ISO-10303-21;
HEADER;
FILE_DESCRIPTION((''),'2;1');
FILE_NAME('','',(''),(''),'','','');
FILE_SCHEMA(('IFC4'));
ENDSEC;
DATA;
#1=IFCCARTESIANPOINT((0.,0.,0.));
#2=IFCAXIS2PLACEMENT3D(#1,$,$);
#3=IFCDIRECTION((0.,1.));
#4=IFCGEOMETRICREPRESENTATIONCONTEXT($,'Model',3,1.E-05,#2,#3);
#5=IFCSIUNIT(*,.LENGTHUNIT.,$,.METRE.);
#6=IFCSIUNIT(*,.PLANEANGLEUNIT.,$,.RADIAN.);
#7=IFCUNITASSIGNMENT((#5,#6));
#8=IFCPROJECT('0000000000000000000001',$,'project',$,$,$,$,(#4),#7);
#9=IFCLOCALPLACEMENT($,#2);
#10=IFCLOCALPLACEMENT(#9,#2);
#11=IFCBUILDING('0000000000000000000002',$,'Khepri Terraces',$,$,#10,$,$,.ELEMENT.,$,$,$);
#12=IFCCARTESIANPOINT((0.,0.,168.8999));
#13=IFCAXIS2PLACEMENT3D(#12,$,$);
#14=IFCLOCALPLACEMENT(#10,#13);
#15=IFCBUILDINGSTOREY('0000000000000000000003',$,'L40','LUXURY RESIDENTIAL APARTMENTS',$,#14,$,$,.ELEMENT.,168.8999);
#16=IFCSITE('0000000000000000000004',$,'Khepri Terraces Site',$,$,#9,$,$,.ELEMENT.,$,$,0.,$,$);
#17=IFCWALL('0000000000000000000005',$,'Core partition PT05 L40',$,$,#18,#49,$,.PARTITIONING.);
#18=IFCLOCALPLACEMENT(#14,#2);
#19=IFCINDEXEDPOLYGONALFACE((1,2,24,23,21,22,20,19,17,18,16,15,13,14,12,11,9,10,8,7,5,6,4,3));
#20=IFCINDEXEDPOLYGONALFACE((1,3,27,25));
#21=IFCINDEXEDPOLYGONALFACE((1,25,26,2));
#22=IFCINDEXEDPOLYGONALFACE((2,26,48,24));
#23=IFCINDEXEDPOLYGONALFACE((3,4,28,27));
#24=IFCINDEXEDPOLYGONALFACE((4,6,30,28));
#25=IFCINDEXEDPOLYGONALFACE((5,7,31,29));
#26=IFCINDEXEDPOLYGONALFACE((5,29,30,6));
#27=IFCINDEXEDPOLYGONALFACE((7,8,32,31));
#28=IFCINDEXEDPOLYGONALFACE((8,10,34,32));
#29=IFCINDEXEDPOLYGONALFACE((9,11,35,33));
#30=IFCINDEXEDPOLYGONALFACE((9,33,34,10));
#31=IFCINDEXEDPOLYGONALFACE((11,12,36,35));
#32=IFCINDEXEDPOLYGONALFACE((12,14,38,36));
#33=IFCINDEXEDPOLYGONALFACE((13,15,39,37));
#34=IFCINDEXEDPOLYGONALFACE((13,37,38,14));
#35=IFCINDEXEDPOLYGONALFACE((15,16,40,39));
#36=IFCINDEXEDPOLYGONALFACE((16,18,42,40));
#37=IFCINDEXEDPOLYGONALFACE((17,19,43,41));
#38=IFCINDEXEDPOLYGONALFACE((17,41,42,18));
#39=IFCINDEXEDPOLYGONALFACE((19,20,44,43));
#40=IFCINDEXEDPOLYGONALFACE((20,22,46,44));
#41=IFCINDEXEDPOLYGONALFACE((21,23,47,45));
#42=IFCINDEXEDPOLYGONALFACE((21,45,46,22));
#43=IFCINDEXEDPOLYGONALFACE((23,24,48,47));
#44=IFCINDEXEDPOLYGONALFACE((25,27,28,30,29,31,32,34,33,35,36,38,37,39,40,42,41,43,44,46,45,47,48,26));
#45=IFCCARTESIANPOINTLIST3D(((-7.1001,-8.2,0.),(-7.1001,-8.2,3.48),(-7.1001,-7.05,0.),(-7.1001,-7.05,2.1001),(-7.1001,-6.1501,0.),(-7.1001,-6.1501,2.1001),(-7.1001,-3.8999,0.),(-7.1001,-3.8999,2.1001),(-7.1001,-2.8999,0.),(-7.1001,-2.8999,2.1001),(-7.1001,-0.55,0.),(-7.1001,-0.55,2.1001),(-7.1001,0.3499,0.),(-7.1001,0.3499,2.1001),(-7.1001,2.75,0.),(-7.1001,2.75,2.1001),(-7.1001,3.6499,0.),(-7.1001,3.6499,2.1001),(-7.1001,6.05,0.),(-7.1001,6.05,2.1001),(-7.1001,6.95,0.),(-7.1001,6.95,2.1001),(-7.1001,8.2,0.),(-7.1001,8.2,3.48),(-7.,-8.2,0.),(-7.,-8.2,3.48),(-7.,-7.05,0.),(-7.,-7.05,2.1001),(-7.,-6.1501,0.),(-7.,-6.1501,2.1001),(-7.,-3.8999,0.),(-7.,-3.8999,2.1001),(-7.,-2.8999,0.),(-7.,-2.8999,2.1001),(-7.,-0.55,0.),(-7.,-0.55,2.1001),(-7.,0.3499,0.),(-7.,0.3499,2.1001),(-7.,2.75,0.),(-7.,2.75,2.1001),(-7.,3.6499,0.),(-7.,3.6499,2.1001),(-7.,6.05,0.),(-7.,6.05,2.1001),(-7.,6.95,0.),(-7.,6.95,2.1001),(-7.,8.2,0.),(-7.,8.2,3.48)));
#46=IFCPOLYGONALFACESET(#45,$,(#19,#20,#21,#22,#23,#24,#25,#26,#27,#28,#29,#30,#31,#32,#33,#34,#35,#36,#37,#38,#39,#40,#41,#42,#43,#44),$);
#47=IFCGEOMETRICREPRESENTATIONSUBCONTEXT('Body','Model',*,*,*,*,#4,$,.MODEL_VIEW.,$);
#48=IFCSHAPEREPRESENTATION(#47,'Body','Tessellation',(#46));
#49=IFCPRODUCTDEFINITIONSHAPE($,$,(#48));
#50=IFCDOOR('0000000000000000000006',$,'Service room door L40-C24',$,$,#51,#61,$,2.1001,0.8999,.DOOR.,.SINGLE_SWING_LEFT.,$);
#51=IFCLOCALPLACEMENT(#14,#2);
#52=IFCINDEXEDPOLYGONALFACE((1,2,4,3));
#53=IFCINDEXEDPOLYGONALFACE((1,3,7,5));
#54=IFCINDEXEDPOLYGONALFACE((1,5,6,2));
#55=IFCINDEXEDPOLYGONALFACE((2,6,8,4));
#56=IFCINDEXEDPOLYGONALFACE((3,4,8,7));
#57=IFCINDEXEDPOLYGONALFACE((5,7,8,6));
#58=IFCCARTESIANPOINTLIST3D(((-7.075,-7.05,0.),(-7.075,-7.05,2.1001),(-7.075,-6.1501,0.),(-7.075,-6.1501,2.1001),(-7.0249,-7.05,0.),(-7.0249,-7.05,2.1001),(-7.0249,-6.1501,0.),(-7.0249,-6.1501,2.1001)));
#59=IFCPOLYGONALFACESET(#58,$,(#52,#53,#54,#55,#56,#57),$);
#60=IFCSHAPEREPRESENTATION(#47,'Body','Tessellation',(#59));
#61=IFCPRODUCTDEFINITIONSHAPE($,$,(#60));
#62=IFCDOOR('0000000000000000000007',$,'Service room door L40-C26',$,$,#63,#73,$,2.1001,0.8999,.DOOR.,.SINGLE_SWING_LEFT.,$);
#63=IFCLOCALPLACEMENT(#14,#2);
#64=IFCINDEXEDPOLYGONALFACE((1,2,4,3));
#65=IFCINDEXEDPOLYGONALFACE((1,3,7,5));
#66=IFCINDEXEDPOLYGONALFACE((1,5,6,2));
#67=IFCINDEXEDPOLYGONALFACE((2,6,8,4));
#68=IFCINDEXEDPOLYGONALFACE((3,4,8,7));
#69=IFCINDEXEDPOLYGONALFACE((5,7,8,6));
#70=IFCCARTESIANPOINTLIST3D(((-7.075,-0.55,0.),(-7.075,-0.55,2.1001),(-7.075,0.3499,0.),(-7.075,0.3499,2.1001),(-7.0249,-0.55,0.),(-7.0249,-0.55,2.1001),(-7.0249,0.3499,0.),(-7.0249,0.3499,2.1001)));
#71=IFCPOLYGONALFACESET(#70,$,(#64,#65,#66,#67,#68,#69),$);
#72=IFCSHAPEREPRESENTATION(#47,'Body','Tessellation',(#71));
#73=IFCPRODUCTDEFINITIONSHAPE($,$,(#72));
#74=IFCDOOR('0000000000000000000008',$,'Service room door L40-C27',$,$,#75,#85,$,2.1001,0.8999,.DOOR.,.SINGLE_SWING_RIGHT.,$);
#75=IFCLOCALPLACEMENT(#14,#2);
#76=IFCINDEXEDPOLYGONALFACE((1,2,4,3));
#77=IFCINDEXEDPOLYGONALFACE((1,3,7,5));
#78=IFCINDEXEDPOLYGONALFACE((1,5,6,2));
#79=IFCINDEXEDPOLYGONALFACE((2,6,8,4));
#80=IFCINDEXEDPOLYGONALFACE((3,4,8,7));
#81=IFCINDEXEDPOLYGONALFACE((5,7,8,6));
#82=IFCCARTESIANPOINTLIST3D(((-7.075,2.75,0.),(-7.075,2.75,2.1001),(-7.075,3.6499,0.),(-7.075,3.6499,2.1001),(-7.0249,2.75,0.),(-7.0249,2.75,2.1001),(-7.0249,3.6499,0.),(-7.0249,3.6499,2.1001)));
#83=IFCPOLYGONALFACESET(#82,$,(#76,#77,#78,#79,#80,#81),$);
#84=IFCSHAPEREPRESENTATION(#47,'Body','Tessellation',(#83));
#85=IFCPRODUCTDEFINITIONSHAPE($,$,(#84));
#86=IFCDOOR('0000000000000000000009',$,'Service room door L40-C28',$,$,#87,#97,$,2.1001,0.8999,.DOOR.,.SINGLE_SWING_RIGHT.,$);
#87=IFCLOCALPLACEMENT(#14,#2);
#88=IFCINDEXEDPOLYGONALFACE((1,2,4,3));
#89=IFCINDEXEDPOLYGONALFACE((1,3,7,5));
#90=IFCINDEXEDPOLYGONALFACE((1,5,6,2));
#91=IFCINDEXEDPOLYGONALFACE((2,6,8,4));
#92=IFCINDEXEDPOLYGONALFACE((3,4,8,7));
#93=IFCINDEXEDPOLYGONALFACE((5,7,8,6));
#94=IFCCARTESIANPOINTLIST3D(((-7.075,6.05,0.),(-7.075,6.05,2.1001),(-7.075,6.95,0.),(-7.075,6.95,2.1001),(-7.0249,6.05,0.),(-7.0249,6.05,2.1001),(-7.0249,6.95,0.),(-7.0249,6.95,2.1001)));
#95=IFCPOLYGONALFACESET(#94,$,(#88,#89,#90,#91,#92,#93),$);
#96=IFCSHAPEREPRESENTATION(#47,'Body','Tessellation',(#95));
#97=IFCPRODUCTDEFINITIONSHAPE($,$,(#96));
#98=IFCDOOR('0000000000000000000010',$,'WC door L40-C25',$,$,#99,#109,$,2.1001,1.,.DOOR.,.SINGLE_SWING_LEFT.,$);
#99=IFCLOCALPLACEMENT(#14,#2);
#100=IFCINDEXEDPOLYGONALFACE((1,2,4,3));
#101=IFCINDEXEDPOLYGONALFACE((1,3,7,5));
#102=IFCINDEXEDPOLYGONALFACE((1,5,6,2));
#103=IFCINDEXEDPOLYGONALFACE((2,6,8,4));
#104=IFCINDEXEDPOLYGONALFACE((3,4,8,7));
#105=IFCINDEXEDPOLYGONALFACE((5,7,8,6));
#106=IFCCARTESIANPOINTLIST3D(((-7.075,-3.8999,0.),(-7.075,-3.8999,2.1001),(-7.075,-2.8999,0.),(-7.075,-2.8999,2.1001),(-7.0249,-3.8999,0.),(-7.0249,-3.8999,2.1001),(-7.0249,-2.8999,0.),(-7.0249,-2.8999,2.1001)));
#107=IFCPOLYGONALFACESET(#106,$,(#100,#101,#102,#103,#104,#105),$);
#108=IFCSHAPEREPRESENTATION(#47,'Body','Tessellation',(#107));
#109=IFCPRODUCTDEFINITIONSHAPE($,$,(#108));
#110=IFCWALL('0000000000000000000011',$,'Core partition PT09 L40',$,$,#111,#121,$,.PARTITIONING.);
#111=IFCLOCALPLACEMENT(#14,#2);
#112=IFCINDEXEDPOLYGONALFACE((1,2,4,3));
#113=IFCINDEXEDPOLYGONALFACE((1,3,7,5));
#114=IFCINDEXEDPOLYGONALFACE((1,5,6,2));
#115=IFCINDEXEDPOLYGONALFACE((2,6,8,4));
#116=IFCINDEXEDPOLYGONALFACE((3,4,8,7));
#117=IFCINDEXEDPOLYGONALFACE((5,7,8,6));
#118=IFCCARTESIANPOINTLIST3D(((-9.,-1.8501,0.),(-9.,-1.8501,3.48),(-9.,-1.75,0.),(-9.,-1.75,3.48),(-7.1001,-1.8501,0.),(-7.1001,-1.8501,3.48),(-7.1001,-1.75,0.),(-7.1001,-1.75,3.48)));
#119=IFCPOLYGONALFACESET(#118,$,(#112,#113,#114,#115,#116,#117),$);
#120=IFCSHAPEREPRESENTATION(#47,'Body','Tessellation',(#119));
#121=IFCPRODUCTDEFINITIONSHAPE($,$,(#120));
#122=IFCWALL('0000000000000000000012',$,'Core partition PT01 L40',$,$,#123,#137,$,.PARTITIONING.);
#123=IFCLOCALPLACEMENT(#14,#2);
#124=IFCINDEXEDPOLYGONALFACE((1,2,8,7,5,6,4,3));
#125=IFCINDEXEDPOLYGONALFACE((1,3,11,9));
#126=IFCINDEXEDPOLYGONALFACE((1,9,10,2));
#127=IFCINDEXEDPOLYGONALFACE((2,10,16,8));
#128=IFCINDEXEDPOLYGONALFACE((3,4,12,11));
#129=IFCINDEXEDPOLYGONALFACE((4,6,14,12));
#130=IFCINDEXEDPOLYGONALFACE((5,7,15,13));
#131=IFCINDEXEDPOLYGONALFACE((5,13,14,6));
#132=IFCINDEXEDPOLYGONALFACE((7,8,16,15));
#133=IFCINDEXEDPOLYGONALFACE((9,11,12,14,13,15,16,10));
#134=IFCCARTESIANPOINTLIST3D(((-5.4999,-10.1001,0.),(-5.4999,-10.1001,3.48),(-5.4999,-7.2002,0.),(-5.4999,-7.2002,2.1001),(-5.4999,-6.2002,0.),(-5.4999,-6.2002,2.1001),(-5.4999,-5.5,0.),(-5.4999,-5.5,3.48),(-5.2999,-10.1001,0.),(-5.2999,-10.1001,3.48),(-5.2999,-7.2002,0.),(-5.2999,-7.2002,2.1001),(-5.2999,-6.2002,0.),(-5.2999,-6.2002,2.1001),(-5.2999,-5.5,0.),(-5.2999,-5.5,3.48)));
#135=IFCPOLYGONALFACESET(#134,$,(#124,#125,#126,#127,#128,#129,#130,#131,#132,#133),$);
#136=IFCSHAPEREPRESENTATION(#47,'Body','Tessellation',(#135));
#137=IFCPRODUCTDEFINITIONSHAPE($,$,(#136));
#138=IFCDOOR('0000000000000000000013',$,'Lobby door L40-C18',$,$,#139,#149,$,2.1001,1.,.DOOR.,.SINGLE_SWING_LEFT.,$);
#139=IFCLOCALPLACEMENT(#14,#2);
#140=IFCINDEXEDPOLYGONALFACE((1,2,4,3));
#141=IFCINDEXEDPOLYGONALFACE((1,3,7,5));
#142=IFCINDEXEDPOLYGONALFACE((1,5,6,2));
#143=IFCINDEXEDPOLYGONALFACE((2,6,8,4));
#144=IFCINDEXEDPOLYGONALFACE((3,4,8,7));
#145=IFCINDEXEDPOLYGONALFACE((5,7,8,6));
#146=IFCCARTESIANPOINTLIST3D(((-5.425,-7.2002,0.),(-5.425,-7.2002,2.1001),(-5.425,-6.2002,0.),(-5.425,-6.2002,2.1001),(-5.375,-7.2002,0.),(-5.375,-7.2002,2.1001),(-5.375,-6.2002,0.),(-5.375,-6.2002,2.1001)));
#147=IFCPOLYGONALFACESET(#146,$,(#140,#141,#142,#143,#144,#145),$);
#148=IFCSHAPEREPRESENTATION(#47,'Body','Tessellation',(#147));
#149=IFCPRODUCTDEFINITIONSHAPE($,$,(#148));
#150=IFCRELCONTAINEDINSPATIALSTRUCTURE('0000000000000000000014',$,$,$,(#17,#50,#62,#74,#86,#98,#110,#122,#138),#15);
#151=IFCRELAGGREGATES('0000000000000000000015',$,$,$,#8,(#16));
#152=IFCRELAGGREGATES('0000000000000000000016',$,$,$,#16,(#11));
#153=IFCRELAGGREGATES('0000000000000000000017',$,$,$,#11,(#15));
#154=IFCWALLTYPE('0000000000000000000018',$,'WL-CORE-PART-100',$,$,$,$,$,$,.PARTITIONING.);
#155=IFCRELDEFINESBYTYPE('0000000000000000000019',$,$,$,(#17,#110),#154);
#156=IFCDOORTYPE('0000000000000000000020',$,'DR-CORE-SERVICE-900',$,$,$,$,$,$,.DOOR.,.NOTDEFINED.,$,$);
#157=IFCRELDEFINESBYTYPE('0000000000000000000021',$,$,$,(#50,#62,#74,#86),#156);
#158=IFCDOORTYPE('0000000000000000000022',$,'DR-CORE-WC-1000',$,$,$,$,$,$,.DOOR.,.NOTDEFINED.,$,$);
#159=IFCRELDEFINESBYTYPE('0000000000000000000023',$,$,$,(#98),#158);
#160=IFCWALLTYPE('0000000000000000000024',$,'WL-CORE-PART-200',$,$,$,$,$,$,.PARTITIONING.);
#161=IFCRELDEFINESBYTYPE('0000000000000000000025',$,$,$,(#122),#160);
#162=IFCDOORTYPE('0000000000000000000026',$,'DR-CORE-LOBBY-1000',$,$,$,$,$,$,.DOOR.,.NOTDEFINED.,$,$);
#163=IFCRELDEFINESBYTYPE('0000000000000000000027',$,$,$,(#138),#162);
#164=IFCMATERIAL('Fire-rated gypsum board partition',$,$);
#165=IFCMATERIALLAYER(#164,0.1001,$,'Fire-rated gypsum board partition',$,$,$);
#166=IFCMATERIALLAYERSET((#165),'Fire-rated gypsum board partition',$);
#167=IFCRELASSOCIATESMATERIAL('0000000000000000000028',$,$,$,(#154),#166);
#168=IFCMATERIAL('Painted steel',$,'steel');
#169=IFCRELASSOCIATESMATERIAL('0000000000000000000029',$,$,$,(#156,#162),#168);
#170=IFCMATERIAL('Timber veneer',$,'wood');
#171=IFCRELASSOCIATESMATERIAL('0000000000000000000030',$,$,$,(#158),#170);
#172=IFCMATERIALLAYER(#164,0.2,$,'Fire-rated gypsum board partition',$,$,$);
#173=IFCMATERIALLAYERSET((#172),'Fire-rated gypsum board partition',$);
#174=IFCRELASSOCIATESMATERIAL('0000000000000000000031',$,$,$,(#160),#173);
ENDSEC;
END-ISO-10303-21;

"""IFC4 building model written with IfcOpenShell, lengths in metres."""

from ifc_helpers import new_model, si_unit, direction, frame, frame_2d, origin, place, context, subcontext, project, spatial, rectangle, extrude, material, layer, layer_set, type_object, element, fill, save


model = new_model("IFC4")

# Units and contexts
model_context = context("Model", 3, precision=1e-05, world=origin(), true_north=direction((0.0, 1.0)))
body_context = subcontext(model_context, "Body", "Model", "MODEL_VIEW")
ifc_project = project(units=[si_unit("LENGTHUNIT", "METRE"), si_unit("PLANEANGLEUNIT", "RADIAN")], contexts=[model_context])

# Site, building, storey
site_placement = place(None, origin())
site = spatial("IfcSite", under=ifc_project, at=site_placement, Name="Khepri Terraces Site", CompositionType="ELEMENT", RefElevation=0.0)
building_placement = place(site_placement, origin())
building = spatial("IfcBuilding", under=site, at=building_placement, Name="Khepri Terraces", CompositionType="ELEMENT")
storey_placement = place(building_placement, frame((0.0, 0.0, 168.8999)))
storey = spatial("IfcBuildingStorey", under=building, at=storey_placement, Name="L40", Description="LUXURY RESIDENTIAL APARTMENTS", CompositionType="ELEMENT", Elevation=168.8999)

# Shared definitions
ifc_material_1 = material(Name="Painted steel", Category="steel")

# Wall, openings, doors
ifc_material_2 = material(Name="Fire-rated gypsum board partition")
ifc_layer_1 = layer(ifc_material_2, 0.1001, Name="Fire-rated gypsum board partition")
ifc_layer_set_1 = layer_set([ifc_layer_1], Name="Fire-rated gypsum board partition")
wall_type_1 = type_object("IfcWallType", Name="WL-CORE-PART-100", PredefinedType="PARTITIONING", material=ifc_layer_set_1)
wall_1_placement = place(storey_placement, frame((-7.05, -8.2, 0.0), z_axis=(0.0, 0.0, 1.0), x_axis=(0.0, 1.0, 0.0)))
wall_1 = element("IfcWall", 1, at=wall_1_placement, inside=storey, type_object=wall_type_1, Name="Core partition PT05 L40", PredefinedType="PARTITIONING", context=body_context, shape_type="SweptSolid", body=[
    extrude(rectangle(XDim=16.3999, YDim=0.1001, at=frame_2d((8.2, 0.0))), origin(), (0.0, 0.0, 1.0), 3.48),
])
opening_1_placement = place(wall_1_placement, frame((1.1499, 0.0, 0.0)))
opening_1 = element("IfcOpeningElement", 2, at=opening_1_placement, cuts=wall_1, PredefinedType="OPENING", context=body_context, shape_type="SweptSolid", body=[
    extrude(rectangle(XDim=0.8999, YDim=2.1001, at=frame_2d((0.45, 1.05))), frame((0.0, 0.0601, 0.0), z_axis=(0.0, -1.0, 0.0), x_axis=(1.0, 0.0, 0.0)), (0.0, 0.0, 1.0), 0.1201),
])
opening_2_placement = place(wall_1_placement, frame((4.3, 0.0, 0.0)))
opening_2 = element("IfcOpeningElement", 3, at=opening_2_placement, cuts=wall_1, PredefinedType="OPENING", context=body_context, shape_type="SweptSolid", body=[
    extrude(rectangle(XDim=1.0, YDim=2.1001, at=frame_2d((0.5, 1.05))), frame((0.0, 0.0601, 0.0), z_axis=(0.0, -1.0, 0.0), x_axis=(1.0, 0.0, 0.0)), (0.0, 0.0, 1.0), 0.1201),
])
opening_3_placement = place(wall_1_placement, frame((7.6499, 0.0, 0.0)))
opening_3 = element("IfcOpeningElement", 4, at=opening_3_placement, cuts=wall_1, PredefinedType="OPENING", context=body_context, shape_type="SweptSolid", body=[
    extrude(rectangle(XDim=0.8999, YDim=2.1001, at=frame_2d((0.45, 1.05))), frame((0.0, 0.0601, 0.0), z_axis=(0.0, -1.0, 0.0), x_axis=(1.0, 0.0, 0.0)), (0.0, 0.0, 1.0), 0.1201),
])
opening_4_placement = place(wall_1_placement, frame((10.95, 0.0, 0.0)))
opening_4 = element("IfcOpeningElement", 5, at=opening_4_placement, cuts=wall_1, PredefinedType="OPENING", context=body_context, shape_type="SweptSolid", body=[
    extrude(rectangle(XDim=0.8999, YDim=2.1001, at=frame_2d((0.45, 1.05))), frame((0.0, 0.0601, 0.0), z_axis=(0.0, -1.0, 0.0), x_axis=(1.0, 0.0, 0.0)), (0.0, 0.0, 1.0), 0.1201),
])
opening_5_placement = place(wall_1_placement, frame((14.25, 0.0, 0.0)))
opening_5 = element("IfcOpeningElement", 6, at=opening_5_placement, cuts=wall_1, PredefinedType="OPENING", context=body_context, shape_type="SweptSolid", body=[
    extrude(rectangle(XDim=0.8999, YDim=2.1001, at=frame_2d((0.45, 1.05))), frame((0.0, 0.0601, 0.0), z_axis=(0.0, -1.0, 0.0), x_axis=(1.0, 0.0, 0.0)), (0.0, 0.0, 1.0), 0.1201),
])
door_type_1 = type_object("IfcDoorType", Name="DR-CORE-SERVICE-900", OperationType="NOTDEFINED", PredefinedType="DOOR", material=ifc_material_1)
door_1_placement = place(opening_1_placement, origin())
door_1 = element("IfcDoor", 7, at=door_1_placement, inside=storey, type_object=door_type_1, Name="Service room door L40-C24", OperationType="SINGLE_SWING_LEFT", OverallHeight=2.1001, OverallWidth=0.8999, PredefinedType="DOOR", context=body_context, shape_type="SweptSolid", body=[
    extrude(rectangle(XDim=0.8999, YDim=2.1001, at=frame_2d((0.45, 1.05))), frame((0.0, 0.0249, 0.0), z_axis=(0.0, -1.0, 0.0), x_axis=(1.0, 0.0, 0.0)), (0.0, 0.0, 1.0), 0.05),
])
fill(opening_1, door_1)
door_2_placement = place(opening_3_placement, origin())
door_2 = element("IfcDoor", 8, at=door_2_placement, inside=storey, type_object=door_type_1, Name="Service room door L40-C26", OperationType="SINGLE_SWING_LEFT", OverallHeight=2.1001, OverallWidth=0.8999, PredefinedType="DOOR", context=body_context, shape_type="SweptSolid", body=[
    extrude(rectangle(XDim=0.8999, YDim=2.1001, at=frame_2d((0.45, 1.05))), frame((0.0, 0.0249, 0.0), z_axis=(0.0, -1.0, 0.0), x_axis=(1.0, 0.0, 0.0)), (0.0, 0.0, 1.0), 0.05),
])
fill(opening_3, door_2)
door_3_placement = place(opening_4_placement, origin())
door_3 = element("IfcDoor", 9, at=door_3_placement, inside=storey, type_object=door_type_1, Name="Service room door L40-C27", OperationType="SINGLE_SWING_RIGHT", OverallHeight=2.1001, OverallWidth=0.8999, PredefinedType="DOOR", context=body_context, shape_type="SweptSolid", body=[
    extrude(rectangle(XDim=0.8999, YDim=2.1001, at=frame_2d((0.45, 1.05))), frame((0.0, 0.0249, 0.0), z_axis=(0.0, -1.0, 0.0), x_axis=(1.0, 0.0, 0.0)), (0.0, 0.0, 1.0), 0.05),
])
fill(opening_4, door_3)
door_4_placement = place(opening_5_placement, origin())
door_4 = element("IfcDoor", 10, at=door_4_placement, inside=storey, type_object=door_type_1, Name="Service room door L40-C28", OperationType="SINGLE_SWING_RIGHT", OverallHeight=2.1001, OverallWidth=0.8999, PredefinedType="DOOR", context=body_context, shape_type="SweptSolid", body=[
    extrude(rectangle(XDim=0.8999, YDim=2.1001, at=frame_2d((0.45, 1.05))), frame((0.0, 0.0249, 0.0), z_axis=(0.0, -1.0, 0.0), x_axis=(1.0, 0.0, 0.0)), (0.0, 0.0, 1.0), 0.05),
])
fill(opening_5, door_4)
ifc_material_3 = material(Name="Timber veneer", Category="wood")
door_type_2 = type_object("IfcDoorType", Name="DR-CORE-WC-1000", OperationType="NOTDEFINED", PredefinedType="DOOR", material=ifc_material_3)
door_5_placement = place(opening_2_placement, origin())
door_5 = element("IfcDoor", 11, at=door_5_placement, inside=storey, type_object=door_type_2, Name="WC door L40-C25", OperationType="SINGLE_SWING_LEFT", OverallHeight=2.1001, OverallWidth=1.0, PredefinedType="DOOR", context=body_context, shape_type="SweptSolid", body=[
    extrude(rectangle(XDim=1.0, YDim=2.1001, at=frame_2d((0.5, 1.05))), frame((0.0, 0.0249, 0.0), z_axis=(0.0, -1.0, 0.0), x_axis=(1.0, 0.0, 0.0)), (0.0, 0.0, 1.0), 0.05),
])
fill(opening_2, door_5)

# Wall
wall_2_placement = place(storey_placement, frame((-9.0, -1.8, 0.0), z_axis=(0.0, 0.0, 1.0), x_axis=(1.0, 0.0, 0.0)))
element("IfcWall", 12, at=wall_2_placement, inside=storey, type_object=wall_type_1, Name="Core partition PT09 L40", PredefinedType="PARTITIONING", context=body_context, shape_type="SweptSolid", body=[
    extrude(rectangle(XDim=1.8999, YDim=0.1001, at=frame_2d((0.95, 0.0))), origin(), (0.0, 0.0, 1.0), 3.48),
])

# Wall, opening, door
ifc_layer_2 = layer(ifc_material_2, 0.2, Name="Fire-rated gypsum board partition")
ifc_layer_set_2 = layer_set([ifc_layer_2], Name="Fire-rated gypsum board partition")
wall_type_2 = type_object("IfcWallType", Name="WL-CORE-PART-200", PredefinedType="PARTITIONING", material=ifc_layer_set_2)
wall_3_placement = place(storey_placement, frame((-5.3999, -10.1001, 0.0), z_axis=(0.0, 0.0, 1.0), x_axis=(0.0, 1.0, 0.0)))
wall_3 = element("IfcWall", 13, at=wall_3_placement, inside=storey, type_object=wall_type_2, Name="Core partition PT01 L40", PredefinedType="PARTITIONING", context=body_context, shape_type="SweptSolid", body=[
    extrude(rectangle(XDim=4.6001, YDim=0.2, at=frame_2d((2.3, 0.0))), origin(), (0.0, 0.0, 1.0), 3.48),
])
opening_6_placement = place(wall_3_placement, frame((2.8999, 0.0, 0.0)))
opening_6 = element("IfcOpeningElement", 14, at=opening_6_placement, cuts=wall_3, PredefinedType="OPENING", context=body_context, shape_type="SweptSolid", body=[
    extrude(rectangle(XDim=1.0, YDim=2.1001, at=frame_2d((0.5, 1.05))), frame((0.0, 0.1099, 0.0), z_axis=(0.0, -1.0, 0.0), x_axis=(1.0, 0.0, 0.0)), (0.0, 0.0, 1.0), 0.22),
])
door_type_3 = type_object("IfcDoorType", Name="DR-CORE-LOBBY-1000", OperationType="NOTDEFINED", PredefinedType="DOOR", material=ifc_material_1)
door_6_placement = place(opening_6_placement, frame((1.0, 0.0, 0.0), z_axis=(0.0, 0.0, 1.0), x_axis=(-1.0, 0.0, 0.0)))
door_6 = element("IfcDoor", 15, at=door_6_placement, inside=storey, type_object=door_type_3, Name="Lobby door L40-C18", OperationType="SINGLE_SWING_LEFT", OverallHeight=2.1001, OverallWidth=1.0, PredefinedType="DOOR", context=body_context, shape_type="SweptSolid", body=[
    extrude(rectangle(XDim=1.0, YDim=2.1001, at=frame_2d((0.5, 1.05))), frame((0.0, 0.0249, 0.0), z_axis=(0.0, -1.0, 0.0), x_axis=(1.0, 0.0, 0.0)), (0.0, 0.0, 1.0), 0.05),
])
fill(opening_6, door_6)

save(model, "model.ifc")
